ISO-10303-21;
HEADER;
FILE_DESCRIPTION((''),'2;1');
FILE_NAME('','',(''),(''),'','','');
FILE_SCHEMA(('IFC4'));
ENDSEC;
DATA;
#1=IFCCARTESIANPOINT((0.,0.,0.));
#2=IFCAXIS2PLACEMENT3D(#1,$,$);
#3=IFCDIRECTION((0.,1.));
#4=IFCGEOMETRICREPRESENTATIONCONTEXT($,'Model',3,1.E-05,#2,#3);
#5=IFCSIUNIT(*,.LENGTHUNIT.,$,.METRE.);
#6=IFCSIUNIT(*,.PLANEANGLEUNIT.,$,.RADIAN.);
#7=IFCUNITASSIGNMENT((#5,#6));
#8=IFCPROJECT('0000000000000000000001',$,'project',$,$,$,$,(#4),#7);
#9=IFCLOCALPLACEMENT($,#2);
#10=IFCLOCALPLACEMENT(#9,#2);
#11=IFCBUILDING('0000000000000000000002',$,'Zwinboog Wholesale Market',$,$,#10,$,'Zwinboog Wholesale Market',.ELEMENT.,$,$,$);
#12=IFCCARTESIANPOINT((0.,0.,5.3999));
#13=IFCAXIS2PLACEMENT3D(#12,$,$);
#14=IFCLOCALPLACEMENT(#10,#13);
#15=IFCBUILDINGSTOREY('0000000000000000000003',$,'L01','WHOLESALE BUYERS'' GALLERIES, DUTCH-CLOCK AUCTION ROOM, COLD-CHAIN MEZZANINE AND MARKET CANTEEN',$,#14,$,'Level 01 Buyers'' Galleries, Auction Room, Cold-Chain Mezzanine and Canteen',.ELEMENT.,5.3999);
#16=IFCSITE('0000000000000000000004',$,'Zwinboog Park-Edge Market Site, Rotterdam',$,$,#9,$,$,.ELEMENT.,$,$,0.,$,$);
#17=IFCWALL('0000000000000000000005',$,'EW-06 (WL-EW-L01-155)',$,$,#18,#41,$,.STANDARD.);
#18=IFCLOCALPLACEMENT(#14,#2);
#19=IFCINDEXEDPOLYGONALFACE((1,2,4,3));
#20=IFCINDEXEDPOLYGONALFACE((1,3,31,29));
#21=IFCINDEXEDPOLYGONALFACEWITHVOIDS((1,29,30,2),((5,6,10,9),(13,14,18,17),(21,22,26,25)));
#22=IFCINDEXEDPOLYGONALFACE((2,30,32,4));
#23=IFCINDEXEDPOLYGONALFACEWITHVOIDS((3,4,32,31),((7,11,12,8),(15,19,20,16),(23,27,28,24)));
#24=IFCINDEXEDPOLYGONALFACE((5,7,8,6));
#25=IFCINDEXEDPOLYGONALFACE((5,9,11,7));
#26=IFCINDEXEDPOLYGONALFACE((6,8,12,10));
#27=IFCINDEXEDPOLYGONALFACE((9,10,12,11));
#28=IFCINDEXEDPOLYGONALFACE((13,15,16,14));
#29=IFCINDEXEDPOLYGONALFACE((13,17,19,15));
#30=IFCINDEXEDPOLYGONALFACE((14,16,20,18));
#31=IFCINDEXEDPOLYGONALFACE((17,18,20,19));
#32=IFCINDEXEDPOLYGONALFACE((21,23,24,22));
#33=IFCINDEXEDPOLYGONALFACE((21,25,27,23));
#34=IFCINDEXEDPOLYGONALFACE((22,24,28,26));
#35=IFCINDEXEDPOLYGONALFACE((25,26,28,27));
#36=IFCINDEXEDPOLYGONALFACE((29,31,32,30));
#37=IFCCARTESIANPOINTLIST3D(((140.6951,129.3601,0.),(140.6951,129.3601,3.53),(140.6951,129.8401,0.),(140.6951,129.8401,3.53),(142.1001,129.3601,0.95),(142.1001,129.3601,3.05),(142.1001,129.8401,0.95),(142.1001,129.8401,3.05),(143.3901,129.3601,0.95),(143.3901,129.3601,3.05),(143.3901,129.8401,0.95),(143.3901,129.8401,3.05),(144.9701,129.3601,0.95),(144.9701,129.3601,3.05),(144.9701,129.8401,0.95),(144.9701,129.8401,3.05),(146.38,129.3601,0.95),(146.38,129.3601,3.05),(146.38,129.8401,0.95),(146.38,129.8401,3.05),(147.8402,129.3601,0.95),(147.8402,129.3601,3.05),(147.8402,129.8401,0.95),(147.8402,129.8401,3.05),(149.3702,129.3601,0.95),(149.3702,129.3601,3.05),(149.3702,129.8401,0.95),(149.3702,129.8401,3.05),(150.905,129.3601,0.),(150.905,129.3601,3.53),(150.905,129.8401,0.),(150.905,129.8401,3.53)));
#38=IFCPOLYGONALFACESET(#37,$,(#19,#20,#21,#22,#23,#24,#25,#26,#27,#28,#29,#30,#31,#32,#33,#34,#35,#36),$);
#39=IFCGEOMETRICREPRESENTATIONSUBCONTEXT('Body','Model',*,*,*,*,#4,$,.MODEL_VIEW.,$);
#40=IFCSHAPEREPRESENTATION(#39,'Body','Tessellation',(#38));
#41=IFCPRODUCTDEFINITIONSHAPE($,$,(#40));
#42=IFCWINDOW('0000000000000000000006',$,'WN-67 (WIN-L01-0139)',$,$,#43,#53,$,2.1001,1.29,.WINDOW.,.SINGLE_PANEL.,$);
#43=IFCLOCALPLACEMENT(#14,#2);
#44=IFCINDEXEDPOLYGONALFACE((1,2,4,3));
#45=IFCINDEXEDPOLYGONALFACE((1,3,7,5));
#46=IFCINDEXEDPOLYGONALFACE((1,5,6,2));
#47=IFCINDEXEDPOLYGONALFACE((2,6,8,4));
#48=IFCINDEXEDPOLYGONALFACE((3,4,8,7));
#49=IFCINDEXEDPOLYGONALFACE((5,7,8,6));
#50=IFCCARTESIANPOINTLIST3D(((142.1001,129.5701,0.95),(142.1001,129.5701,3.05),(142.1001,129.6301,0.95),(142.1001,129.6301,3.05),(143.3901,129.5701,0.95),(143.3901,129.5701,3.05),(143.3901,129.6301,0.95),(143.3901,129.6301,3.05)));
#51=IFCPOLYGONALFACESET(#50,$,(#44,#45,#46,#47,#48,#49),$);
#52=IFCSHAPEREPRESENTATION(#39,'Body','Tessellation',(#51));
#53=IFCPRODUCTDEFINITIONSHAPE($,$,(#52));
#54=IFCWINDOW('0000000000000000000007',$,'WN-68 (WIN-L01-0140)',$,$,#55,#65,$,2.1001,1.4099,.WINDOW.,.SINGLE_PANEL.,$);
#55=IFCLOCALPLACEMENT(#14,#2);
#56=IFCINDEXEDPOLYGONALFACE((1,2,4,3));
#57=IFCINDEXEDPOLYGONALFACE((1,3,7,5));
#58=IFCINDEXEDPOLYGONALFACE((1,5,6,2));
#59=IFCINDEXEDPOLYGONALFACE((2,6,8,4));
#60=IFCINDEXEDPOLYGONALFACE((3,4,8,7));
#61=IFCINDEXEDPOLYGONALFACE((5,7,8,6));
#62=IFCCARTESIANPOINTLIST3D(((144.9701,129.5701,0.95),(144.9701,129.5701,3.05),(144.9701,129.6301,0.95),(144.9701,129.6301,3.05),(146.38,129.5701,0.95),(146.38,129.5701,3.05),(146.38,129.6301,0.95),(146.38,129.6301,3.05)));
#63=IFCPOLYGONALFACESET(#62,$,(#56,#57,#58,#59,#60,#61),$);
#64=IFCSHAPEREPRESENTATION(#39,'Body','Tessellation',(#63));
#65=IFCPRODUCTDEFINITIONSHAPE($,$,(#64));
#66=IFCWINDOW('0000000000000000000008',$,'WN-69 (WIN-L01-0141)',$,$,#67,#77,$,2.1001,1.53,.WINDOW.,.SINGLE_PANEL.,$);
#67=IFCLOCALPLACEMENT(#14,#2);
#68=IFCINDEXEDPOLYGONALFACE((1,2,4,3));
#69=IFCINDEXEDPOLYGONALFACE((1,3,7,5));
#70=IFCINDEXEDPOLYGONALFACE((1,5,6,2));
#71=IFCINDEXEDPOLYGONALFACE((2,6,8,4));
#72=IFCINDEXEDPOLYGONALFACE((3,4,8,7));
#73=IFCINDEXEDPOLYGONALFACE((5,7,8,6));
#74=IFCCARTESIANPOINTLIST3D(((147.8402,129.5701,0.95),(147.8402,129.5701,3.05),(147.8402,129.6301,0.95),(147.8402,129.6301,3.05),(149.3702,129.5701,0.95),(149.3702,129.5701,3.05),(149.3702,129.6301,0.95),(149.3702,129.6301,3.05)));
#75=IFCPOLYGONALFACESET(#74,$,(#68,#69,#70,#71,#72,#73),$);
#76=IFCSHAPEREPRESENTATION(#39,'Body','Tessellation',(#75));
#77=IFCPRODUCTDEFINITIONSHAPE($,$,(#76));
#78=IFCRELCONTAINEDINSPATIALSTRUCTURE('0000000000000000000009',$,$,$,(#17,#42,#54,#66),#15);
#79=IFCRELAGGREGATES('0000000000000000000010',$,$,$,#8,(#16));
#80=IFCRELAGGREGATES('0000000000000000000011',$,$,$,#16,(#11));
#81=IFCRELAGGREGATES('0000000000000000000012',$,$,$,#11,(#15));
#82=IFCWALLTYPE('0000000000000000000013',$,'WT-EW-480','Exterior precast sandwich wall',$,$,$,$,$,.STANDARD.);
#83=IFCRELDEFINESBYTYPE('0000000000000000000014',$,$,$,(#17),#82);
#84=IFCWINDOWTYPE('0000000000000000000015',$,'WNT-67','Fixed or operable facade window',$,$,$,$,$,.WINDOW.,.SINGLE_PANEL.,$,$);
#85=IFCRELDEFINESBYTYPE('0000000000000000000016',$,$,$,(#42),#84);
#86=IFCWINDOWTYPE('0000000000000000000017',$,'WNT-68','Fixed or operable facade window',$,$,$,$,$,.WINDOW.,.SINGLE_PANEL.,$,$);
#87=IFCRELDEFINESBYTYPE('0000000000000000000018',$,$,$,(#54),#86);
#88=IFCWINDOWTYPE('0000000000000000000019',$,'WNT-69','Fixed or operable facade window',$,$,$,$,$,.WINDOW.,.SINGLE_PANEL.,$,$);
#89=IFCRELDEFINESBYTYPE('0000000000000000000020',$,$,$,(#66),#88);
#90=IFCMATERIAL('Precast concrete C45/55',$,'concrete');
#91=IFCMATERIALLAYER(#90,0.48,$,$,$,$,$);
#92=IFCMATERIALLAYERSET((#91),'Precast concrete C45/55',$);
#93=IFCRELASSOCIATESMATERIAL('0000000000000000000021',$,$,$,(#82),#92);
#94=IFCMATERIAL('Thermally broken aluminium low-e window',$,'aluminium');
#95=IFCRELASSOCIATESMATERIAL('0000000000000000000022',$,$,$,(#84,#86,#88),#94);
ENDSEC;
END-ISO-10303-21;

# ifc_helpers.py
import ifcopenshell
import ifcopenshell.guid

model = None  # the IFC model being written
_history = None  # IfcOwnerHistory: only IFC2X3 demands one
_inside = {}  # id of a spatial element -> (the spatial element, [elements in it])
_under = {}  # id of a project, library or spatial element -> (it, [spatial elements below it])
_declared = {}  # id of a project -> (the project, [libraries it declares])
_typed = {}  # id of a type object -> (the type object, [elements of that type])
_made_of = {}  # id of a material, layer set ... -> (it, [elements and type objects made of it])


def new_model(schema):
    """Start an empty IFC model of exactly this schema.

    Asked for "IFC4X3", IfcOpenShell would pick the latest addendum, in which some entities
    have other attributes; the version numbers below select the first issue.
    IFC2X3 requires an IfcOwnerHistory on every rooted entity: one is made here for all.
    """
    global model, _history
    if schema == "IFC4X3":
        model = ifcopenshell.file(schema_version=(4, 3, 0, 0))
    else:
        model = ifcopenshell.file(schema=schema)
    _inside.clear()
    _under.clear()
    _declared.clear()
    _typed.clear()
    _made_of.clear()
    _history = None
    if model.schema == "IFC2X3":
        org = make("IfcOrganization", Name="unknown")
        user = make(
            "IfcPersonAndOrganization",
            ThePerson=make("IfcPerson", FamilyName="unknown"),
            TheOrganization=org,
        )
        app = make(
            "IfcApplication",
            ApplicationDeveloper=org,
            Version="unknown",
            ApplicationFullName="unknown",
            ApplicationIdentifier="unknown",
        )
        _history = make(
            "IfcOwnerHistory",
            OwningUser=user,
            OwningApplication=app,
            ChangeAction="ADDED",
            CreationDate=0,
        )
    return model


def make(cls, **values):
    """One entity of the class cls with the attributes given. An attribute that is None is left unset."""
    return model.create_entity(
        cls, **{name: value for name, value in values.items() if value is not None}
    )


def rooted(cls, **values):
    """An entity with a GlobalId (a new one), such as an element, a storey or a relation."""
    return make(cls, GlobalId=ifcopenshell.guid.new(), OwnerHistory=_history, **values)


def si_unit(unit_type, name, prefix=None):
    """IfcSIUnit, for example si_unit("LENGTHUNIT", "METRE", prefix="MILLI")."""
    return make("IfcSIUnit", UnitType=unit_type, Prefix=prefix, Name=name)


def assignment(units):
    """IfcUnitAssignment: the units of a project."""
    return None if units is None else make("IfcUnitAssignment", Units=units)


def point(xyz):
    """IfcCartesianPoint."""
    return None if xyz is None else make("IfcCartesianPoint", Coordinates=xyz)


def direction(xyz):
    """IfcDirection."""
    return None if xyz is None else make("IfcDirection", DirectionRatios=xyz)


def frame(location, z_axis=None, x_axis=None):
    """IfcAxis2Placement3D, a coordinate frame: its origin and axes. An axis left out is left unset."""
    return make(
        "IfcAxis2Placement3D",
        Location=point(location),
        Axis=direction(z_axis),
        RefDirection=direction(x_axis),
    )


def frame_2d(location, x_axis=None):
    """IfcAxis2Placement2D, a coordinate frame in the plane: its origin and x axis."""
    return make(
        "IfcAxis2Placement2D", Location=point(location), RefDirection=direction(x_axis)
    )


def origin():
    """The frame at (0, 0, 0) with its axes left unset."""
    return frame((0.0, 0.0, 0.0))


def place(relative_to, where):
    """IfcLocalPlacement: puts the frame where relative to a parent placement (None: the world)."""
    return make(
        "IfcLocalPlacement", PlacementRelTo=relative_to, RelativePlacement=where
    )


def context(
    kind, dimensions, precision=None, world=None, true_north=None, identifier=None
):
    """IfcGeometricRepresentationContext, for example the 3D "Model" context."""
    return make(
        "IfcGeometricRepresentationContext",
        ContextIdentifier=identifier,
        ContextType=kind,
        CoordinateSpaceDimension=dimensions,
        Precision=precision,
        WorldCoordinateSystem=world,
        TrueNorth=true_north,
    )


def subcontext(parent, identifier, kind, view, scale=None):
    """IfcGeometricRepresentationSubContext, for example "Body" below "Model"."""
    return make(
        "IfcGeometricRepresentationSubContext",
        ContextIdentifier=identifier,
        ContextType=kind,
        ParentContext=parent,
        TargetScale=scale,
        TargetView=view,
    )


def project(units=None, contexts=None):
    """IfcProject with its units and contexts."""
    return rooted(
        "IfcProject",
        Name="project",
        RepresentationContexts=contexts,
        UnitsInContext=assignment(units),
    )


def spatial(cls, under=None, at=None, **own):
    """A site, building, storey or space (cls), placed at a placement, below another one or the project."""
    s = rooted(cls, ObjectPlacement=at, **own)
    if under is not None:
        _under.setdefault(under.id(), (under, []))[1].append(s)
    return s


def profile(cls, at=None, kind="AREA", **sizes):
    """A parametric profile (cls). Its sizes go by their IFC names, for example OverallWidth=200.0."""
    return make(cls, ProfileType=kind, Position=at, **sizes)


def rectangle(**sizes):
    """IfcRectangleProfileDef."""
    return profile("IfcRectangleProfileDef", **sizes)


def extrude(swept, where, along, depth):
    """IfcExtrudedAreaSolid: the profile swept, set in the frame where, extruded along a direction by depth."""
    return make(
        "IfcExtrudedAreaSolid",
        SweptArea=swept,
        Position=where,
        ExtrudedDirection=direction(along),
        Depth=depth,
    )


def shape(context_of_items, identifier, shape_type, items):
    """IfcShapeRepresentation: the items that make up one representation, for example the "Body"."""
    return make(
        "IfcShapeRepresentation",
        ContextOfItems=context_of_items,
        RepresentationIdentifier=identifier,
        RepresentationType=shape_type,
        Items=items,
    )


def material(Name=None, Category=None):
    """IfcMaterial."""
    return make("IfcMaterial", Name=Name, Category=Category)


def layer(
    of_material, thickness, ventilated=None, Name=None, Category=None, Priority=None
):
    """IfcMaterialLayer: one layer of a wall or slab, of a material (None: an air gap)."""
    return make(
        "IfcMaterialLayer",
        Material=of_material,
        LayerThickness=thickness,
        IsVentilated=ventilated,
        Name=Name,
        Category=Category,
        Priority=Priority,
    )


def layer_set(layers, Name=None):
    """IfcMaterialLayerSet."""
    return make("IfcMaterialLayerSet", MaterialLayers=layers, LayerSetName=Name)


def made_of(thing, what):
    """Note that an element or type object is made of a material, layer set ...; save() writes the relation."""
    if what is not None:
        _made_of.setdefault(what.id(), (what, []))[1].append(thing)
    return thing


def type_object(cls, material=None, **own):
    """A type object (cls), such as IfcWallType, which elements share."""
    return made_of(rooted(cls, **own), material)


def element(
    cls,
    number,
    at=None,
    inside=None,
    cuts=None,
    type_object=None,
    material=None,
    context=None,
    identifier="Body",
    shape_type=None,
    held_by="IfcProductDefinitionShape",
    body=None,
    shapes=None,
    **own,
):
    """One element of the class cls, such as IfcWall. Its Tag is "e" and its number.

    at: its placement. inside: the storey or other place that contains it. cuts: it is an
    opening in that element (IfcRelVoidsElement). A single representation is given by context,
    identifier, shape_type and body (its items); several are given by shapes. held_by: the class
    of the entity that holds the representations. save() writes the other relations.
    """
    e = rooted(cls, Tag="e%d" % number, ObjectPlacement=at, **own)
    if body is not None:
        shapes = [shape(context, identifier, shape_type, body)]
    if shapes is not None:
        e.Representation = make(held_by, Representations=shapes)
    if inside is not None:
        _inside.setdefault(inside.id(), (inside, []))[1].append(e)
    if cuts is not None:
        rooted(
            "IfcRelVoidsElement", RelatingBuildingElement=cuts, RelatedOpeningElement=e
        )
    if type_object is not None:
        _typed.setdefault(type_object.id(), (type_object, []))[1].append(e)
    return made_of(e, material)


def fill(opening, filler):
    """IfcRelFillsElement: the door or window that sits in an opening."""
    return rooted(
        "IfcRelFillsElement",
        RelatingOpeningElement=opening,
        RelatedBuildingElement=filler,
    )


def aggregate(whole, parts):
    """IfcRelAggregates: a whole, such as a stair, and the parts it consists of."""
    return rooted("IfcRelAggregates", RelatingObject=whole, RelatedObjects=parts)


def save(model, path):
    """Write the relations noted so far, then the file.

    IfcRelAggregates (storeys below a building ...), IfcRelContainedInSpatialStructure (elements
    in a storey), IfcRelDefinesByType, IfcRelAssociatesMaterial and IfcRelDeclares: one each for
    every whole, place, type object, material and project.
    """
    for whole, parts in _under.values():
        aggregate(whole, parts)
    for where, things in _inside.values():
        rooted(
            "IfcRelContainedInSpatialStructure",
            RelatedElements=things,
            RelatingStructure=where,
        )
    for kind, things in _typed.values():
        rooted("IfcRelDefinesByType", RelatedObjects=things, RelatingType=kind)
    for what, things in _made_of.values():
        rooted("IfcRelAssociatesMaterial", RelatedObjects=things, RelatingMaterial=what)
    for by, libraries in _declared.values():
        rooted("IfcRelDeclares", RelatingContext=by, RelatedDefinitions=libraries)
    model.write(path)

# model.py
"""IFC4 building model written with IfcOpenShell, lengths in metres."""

from ifc_helpers import new_model, si_unit, direction, frame, frame_2d, origin, place, context, subcontext, project, spatial, rectangle, extrude, material, layer, layer_set, type_object, element, fill, save


model = new_model("IFC4")

# Units and contexts
model_context = context("Model", 3, precision=1e-05, world=origin(), true_north=direction((0.0, 1.0)))
body_context = subcontext(model_context, "Body", "Model", "MODEL_VIEW")
ifc_project = project(units=[si_unit("LENGTHUNIT", "METRE"), si_unit("PLANEANGLEUNIT", "RADIAN")], contexts=[model_context])

# Site, building, storey
site_placement = place(None, origin())
site = spatial("IfcSite", under=ifc_project, at=site_placement, Name="Zwinboog Park-Edge Market Site, Rotterdam", CompositionType="ELEMENT", RefElevation=0.0)
building_placement = place(site_placement, origin())
building = spatial("IfcBuilding", under=site, at=building_placement, Name="Zwinboog Wholesale Market", LongName="Zwinboog Wholesale Market", CompositionType="ELEMENT")
storey_placement = place(building_placement, frame((0.0, 0.0, 5.3999)))
storey = spatial("IfcBuildingStorey", under=building, at=storey_placement, Name="L01", Description="WHOLESALE BUYERS' GALLERIES, DUTCH-CLOCK AUCTION ROOM, COLD-CHAIN MEZZANINE AND MARKET CANTEEN", LongName="Level 01 Buyers' Galleries, Auction Room, Cold-Chain Mezzanine and Canteen", CompositionType="ELEMENT", Elevation=5.3999)

# Shared definitions
ifc_material_1 = material(Name="Precast concrete C45/55", Category="concrete")

# Wall, openings, windows
ifc_layer = layer(ifc_material_1, 0.48)
ifc_layer_set = layer_set([ifc_layer], Name="Precast concrete C45/55")
wall_type = type_object("IfcWallType", Name="WT-EW-480", Description="Exterior precast sandwich wall", PredefinedType="STANDARD", material=ifc_layer_set)
ifc_material_2 = material(Name="Thermally broken aluminium low-e window", Category="aluminium")
wall_1_placement = place(storey_placement, frame((140.6951, 129.6001, 0.0), z_axis=(0.0, 0.0, 1.0), x_axis=(1.0, 0.0, 0.0)))
wall_1 = element("IfcWall", 1, at=wall_1_placement, inside=storey, type_object=wall_type, Name="EW-06 (WL-EW-L01-155)", PredefinedType="STANDARD", context=body_context, shape_type="SweptSolid", body=[
    extrude(rectangle(XDim=10.21, YDim=0.48, at=frame_2d((5.105, 0.0))), origin(), (0.0, 0.0, 1.0), 3.53),
])
opening_1_placement = place(wall_1_placement, frame((1.405, 0.0, 0.95)))
opening_1 = element("IfcOpeningElement", 2, at=opening_1_placement, cuts=wall_1, PredefinedType="OPENING", context=body_context, shape_type="SweptSolid", body=[
    extrude(rectangle(XDim=1.29, YDim=2.1001, at=frame_2d((0.645, 1.05))), frame((0.0, 0.25, 0.0), z_axis=(0.0, -1.0, 0.0), x_axis=(1.0, 0.0, 0.0)), (0.0, 0.0, 1.0), 0.5),
])
opening_2_placement = place(wall_1_placement, frame((4.2749, 0.0, 0.95)))
opening_2 = element("IfcOpeningElement", 3, at=opening_2_placement, cuts=wall_1, PredefinedType="OPENING", context=body_context, shape_type="SweptSolid", body=[
    extrude(rectangle(XDim=1.4099, YDim=2.1001, at=frame_2d((0.7051, 1.05))), frame((0.0, 0.25, 0.0), z_axis=(0.0, -1.0, 0.0), x_axis=(1.0, 0.0, 0.0)), (0.0, 0.0, 1.0), 0.5),
])
opening_3_placement = place(wall_1_placement, frame((7.145, 0.0, 0.95)))
opening_3 = element("IfcOpeningElement", 4, at=opening_3_placement, cuts=wall_1, PredefinedType="OPENING", context=body_context, shape_type="SweptSolid", body=[
    extrude(rectangle(XDim=1.53, YDim=2.1001, at=frame_2d((0.7651, 1.05))), frame((0.0, 0.25, 0.0), z_axis=(0.0, -1.0, 0.0), x_axis=(1.0, 0.0, 0.0)), (0.0, 0.0, 1.0), 0.5),
])
window_type_1 = type_object("IfcWindowType", Name="WNT-67", Description="Fixed or operable facade window", PartitioningType="SINGLE_PANEL", PredefinedType="WINDOW", material=ifc_material_2)
window_1_placement = place(opening_1_placement, origin())
window_1 = element("IfcWindow", 5, at=window_1_placement, inside=storey, type_object=window_type_1, Name="WN-67 (WIN-L01-0139)", OverallHeight=2.1001, OverallWidth=1.29, PartitioningType="SINGLE_PANEL", PredefinedType="WINDOW", context=body_context, shape_type="SweptSolid", body=[
    extrude(rectangle(XDim=1.29, YDim=2.1001, at=frame_2d((0.645, 1.05))), frame((0.0, 0.03, 0.0), z_axis=(0.0, -1.0, 0.0), x_axis=(1.0, 0.0, 0.0)), (0.0, 0.0, 1.0), 0.0601),
])
fill(opening_1, window_1)
window_type_2 = type_object("IfcWindowType", Name="WNT-68", Description="Fixed or operable facade window", PartitioningType="SINGLE_PANEL", PredefinedType="WINDOW", material=ifc_material_2)
window_2_placement = place(opening_2_placement, origin())
window_2 = element("IfcWindow", 6, at=window_2_placement, inside=storey, type_object=window_type_2, Name="WN-68 (WIN-L01-0140)", OverallHeight=2.1001, OverallWidth=1.4099, PartitioningType="SINGLE_PANEL", PredefinedType="WINDOW", context=body_context, shape_type="SweptSolid", body=[
    extrude(rectangle(XDim=1.4099, YDim=2.1001, at=frame_2d((0.7051, 1.05))), frame((0.0, 0.03, 0.0), z_axis=(0.0, -1.0, 0.0), x_axis=(1.0, 0.0, 0.0)), (0.0, 0.0, 1.0), 0.0601),
])
fill(opening_2, window_2)
window_type_3 = type_object("IfcWindowType", Name="WNT-69", Description="Fixed or operable facade window", PartitioningType="SINGLE_PANEL", PredefinedType="WINDOW", material=ifc_material_2)
window_3_placement = place(opening_3_placement, origin())
window_3 = element("IfcWindow", 7, at=window_3_placement, inside=storey, type_object=window_type_3, Name="WN-69 (WIN-L01-0141)", OverallHeight=2.1001, OverallWidth=1.53, PartitioningType="SINGLE_PANEL", PredefinedType="WINDOW", context=body_context, shape_type="SweptSolid", body=[
    extrude(rectangle(XDim=1.53, YDim=2.1001, at=frame_2d((0.7651, 1.05))), frame((0.0, 0.03, 0.0), z_axis=(0.0, -1.0, 0.0), x_axis=(1.0, 0.0, 0.0)), (0.0, 0.0, 1.0), 0.0601),
])
fill(opening_3, window_3)

save(model, "model.ifc")
